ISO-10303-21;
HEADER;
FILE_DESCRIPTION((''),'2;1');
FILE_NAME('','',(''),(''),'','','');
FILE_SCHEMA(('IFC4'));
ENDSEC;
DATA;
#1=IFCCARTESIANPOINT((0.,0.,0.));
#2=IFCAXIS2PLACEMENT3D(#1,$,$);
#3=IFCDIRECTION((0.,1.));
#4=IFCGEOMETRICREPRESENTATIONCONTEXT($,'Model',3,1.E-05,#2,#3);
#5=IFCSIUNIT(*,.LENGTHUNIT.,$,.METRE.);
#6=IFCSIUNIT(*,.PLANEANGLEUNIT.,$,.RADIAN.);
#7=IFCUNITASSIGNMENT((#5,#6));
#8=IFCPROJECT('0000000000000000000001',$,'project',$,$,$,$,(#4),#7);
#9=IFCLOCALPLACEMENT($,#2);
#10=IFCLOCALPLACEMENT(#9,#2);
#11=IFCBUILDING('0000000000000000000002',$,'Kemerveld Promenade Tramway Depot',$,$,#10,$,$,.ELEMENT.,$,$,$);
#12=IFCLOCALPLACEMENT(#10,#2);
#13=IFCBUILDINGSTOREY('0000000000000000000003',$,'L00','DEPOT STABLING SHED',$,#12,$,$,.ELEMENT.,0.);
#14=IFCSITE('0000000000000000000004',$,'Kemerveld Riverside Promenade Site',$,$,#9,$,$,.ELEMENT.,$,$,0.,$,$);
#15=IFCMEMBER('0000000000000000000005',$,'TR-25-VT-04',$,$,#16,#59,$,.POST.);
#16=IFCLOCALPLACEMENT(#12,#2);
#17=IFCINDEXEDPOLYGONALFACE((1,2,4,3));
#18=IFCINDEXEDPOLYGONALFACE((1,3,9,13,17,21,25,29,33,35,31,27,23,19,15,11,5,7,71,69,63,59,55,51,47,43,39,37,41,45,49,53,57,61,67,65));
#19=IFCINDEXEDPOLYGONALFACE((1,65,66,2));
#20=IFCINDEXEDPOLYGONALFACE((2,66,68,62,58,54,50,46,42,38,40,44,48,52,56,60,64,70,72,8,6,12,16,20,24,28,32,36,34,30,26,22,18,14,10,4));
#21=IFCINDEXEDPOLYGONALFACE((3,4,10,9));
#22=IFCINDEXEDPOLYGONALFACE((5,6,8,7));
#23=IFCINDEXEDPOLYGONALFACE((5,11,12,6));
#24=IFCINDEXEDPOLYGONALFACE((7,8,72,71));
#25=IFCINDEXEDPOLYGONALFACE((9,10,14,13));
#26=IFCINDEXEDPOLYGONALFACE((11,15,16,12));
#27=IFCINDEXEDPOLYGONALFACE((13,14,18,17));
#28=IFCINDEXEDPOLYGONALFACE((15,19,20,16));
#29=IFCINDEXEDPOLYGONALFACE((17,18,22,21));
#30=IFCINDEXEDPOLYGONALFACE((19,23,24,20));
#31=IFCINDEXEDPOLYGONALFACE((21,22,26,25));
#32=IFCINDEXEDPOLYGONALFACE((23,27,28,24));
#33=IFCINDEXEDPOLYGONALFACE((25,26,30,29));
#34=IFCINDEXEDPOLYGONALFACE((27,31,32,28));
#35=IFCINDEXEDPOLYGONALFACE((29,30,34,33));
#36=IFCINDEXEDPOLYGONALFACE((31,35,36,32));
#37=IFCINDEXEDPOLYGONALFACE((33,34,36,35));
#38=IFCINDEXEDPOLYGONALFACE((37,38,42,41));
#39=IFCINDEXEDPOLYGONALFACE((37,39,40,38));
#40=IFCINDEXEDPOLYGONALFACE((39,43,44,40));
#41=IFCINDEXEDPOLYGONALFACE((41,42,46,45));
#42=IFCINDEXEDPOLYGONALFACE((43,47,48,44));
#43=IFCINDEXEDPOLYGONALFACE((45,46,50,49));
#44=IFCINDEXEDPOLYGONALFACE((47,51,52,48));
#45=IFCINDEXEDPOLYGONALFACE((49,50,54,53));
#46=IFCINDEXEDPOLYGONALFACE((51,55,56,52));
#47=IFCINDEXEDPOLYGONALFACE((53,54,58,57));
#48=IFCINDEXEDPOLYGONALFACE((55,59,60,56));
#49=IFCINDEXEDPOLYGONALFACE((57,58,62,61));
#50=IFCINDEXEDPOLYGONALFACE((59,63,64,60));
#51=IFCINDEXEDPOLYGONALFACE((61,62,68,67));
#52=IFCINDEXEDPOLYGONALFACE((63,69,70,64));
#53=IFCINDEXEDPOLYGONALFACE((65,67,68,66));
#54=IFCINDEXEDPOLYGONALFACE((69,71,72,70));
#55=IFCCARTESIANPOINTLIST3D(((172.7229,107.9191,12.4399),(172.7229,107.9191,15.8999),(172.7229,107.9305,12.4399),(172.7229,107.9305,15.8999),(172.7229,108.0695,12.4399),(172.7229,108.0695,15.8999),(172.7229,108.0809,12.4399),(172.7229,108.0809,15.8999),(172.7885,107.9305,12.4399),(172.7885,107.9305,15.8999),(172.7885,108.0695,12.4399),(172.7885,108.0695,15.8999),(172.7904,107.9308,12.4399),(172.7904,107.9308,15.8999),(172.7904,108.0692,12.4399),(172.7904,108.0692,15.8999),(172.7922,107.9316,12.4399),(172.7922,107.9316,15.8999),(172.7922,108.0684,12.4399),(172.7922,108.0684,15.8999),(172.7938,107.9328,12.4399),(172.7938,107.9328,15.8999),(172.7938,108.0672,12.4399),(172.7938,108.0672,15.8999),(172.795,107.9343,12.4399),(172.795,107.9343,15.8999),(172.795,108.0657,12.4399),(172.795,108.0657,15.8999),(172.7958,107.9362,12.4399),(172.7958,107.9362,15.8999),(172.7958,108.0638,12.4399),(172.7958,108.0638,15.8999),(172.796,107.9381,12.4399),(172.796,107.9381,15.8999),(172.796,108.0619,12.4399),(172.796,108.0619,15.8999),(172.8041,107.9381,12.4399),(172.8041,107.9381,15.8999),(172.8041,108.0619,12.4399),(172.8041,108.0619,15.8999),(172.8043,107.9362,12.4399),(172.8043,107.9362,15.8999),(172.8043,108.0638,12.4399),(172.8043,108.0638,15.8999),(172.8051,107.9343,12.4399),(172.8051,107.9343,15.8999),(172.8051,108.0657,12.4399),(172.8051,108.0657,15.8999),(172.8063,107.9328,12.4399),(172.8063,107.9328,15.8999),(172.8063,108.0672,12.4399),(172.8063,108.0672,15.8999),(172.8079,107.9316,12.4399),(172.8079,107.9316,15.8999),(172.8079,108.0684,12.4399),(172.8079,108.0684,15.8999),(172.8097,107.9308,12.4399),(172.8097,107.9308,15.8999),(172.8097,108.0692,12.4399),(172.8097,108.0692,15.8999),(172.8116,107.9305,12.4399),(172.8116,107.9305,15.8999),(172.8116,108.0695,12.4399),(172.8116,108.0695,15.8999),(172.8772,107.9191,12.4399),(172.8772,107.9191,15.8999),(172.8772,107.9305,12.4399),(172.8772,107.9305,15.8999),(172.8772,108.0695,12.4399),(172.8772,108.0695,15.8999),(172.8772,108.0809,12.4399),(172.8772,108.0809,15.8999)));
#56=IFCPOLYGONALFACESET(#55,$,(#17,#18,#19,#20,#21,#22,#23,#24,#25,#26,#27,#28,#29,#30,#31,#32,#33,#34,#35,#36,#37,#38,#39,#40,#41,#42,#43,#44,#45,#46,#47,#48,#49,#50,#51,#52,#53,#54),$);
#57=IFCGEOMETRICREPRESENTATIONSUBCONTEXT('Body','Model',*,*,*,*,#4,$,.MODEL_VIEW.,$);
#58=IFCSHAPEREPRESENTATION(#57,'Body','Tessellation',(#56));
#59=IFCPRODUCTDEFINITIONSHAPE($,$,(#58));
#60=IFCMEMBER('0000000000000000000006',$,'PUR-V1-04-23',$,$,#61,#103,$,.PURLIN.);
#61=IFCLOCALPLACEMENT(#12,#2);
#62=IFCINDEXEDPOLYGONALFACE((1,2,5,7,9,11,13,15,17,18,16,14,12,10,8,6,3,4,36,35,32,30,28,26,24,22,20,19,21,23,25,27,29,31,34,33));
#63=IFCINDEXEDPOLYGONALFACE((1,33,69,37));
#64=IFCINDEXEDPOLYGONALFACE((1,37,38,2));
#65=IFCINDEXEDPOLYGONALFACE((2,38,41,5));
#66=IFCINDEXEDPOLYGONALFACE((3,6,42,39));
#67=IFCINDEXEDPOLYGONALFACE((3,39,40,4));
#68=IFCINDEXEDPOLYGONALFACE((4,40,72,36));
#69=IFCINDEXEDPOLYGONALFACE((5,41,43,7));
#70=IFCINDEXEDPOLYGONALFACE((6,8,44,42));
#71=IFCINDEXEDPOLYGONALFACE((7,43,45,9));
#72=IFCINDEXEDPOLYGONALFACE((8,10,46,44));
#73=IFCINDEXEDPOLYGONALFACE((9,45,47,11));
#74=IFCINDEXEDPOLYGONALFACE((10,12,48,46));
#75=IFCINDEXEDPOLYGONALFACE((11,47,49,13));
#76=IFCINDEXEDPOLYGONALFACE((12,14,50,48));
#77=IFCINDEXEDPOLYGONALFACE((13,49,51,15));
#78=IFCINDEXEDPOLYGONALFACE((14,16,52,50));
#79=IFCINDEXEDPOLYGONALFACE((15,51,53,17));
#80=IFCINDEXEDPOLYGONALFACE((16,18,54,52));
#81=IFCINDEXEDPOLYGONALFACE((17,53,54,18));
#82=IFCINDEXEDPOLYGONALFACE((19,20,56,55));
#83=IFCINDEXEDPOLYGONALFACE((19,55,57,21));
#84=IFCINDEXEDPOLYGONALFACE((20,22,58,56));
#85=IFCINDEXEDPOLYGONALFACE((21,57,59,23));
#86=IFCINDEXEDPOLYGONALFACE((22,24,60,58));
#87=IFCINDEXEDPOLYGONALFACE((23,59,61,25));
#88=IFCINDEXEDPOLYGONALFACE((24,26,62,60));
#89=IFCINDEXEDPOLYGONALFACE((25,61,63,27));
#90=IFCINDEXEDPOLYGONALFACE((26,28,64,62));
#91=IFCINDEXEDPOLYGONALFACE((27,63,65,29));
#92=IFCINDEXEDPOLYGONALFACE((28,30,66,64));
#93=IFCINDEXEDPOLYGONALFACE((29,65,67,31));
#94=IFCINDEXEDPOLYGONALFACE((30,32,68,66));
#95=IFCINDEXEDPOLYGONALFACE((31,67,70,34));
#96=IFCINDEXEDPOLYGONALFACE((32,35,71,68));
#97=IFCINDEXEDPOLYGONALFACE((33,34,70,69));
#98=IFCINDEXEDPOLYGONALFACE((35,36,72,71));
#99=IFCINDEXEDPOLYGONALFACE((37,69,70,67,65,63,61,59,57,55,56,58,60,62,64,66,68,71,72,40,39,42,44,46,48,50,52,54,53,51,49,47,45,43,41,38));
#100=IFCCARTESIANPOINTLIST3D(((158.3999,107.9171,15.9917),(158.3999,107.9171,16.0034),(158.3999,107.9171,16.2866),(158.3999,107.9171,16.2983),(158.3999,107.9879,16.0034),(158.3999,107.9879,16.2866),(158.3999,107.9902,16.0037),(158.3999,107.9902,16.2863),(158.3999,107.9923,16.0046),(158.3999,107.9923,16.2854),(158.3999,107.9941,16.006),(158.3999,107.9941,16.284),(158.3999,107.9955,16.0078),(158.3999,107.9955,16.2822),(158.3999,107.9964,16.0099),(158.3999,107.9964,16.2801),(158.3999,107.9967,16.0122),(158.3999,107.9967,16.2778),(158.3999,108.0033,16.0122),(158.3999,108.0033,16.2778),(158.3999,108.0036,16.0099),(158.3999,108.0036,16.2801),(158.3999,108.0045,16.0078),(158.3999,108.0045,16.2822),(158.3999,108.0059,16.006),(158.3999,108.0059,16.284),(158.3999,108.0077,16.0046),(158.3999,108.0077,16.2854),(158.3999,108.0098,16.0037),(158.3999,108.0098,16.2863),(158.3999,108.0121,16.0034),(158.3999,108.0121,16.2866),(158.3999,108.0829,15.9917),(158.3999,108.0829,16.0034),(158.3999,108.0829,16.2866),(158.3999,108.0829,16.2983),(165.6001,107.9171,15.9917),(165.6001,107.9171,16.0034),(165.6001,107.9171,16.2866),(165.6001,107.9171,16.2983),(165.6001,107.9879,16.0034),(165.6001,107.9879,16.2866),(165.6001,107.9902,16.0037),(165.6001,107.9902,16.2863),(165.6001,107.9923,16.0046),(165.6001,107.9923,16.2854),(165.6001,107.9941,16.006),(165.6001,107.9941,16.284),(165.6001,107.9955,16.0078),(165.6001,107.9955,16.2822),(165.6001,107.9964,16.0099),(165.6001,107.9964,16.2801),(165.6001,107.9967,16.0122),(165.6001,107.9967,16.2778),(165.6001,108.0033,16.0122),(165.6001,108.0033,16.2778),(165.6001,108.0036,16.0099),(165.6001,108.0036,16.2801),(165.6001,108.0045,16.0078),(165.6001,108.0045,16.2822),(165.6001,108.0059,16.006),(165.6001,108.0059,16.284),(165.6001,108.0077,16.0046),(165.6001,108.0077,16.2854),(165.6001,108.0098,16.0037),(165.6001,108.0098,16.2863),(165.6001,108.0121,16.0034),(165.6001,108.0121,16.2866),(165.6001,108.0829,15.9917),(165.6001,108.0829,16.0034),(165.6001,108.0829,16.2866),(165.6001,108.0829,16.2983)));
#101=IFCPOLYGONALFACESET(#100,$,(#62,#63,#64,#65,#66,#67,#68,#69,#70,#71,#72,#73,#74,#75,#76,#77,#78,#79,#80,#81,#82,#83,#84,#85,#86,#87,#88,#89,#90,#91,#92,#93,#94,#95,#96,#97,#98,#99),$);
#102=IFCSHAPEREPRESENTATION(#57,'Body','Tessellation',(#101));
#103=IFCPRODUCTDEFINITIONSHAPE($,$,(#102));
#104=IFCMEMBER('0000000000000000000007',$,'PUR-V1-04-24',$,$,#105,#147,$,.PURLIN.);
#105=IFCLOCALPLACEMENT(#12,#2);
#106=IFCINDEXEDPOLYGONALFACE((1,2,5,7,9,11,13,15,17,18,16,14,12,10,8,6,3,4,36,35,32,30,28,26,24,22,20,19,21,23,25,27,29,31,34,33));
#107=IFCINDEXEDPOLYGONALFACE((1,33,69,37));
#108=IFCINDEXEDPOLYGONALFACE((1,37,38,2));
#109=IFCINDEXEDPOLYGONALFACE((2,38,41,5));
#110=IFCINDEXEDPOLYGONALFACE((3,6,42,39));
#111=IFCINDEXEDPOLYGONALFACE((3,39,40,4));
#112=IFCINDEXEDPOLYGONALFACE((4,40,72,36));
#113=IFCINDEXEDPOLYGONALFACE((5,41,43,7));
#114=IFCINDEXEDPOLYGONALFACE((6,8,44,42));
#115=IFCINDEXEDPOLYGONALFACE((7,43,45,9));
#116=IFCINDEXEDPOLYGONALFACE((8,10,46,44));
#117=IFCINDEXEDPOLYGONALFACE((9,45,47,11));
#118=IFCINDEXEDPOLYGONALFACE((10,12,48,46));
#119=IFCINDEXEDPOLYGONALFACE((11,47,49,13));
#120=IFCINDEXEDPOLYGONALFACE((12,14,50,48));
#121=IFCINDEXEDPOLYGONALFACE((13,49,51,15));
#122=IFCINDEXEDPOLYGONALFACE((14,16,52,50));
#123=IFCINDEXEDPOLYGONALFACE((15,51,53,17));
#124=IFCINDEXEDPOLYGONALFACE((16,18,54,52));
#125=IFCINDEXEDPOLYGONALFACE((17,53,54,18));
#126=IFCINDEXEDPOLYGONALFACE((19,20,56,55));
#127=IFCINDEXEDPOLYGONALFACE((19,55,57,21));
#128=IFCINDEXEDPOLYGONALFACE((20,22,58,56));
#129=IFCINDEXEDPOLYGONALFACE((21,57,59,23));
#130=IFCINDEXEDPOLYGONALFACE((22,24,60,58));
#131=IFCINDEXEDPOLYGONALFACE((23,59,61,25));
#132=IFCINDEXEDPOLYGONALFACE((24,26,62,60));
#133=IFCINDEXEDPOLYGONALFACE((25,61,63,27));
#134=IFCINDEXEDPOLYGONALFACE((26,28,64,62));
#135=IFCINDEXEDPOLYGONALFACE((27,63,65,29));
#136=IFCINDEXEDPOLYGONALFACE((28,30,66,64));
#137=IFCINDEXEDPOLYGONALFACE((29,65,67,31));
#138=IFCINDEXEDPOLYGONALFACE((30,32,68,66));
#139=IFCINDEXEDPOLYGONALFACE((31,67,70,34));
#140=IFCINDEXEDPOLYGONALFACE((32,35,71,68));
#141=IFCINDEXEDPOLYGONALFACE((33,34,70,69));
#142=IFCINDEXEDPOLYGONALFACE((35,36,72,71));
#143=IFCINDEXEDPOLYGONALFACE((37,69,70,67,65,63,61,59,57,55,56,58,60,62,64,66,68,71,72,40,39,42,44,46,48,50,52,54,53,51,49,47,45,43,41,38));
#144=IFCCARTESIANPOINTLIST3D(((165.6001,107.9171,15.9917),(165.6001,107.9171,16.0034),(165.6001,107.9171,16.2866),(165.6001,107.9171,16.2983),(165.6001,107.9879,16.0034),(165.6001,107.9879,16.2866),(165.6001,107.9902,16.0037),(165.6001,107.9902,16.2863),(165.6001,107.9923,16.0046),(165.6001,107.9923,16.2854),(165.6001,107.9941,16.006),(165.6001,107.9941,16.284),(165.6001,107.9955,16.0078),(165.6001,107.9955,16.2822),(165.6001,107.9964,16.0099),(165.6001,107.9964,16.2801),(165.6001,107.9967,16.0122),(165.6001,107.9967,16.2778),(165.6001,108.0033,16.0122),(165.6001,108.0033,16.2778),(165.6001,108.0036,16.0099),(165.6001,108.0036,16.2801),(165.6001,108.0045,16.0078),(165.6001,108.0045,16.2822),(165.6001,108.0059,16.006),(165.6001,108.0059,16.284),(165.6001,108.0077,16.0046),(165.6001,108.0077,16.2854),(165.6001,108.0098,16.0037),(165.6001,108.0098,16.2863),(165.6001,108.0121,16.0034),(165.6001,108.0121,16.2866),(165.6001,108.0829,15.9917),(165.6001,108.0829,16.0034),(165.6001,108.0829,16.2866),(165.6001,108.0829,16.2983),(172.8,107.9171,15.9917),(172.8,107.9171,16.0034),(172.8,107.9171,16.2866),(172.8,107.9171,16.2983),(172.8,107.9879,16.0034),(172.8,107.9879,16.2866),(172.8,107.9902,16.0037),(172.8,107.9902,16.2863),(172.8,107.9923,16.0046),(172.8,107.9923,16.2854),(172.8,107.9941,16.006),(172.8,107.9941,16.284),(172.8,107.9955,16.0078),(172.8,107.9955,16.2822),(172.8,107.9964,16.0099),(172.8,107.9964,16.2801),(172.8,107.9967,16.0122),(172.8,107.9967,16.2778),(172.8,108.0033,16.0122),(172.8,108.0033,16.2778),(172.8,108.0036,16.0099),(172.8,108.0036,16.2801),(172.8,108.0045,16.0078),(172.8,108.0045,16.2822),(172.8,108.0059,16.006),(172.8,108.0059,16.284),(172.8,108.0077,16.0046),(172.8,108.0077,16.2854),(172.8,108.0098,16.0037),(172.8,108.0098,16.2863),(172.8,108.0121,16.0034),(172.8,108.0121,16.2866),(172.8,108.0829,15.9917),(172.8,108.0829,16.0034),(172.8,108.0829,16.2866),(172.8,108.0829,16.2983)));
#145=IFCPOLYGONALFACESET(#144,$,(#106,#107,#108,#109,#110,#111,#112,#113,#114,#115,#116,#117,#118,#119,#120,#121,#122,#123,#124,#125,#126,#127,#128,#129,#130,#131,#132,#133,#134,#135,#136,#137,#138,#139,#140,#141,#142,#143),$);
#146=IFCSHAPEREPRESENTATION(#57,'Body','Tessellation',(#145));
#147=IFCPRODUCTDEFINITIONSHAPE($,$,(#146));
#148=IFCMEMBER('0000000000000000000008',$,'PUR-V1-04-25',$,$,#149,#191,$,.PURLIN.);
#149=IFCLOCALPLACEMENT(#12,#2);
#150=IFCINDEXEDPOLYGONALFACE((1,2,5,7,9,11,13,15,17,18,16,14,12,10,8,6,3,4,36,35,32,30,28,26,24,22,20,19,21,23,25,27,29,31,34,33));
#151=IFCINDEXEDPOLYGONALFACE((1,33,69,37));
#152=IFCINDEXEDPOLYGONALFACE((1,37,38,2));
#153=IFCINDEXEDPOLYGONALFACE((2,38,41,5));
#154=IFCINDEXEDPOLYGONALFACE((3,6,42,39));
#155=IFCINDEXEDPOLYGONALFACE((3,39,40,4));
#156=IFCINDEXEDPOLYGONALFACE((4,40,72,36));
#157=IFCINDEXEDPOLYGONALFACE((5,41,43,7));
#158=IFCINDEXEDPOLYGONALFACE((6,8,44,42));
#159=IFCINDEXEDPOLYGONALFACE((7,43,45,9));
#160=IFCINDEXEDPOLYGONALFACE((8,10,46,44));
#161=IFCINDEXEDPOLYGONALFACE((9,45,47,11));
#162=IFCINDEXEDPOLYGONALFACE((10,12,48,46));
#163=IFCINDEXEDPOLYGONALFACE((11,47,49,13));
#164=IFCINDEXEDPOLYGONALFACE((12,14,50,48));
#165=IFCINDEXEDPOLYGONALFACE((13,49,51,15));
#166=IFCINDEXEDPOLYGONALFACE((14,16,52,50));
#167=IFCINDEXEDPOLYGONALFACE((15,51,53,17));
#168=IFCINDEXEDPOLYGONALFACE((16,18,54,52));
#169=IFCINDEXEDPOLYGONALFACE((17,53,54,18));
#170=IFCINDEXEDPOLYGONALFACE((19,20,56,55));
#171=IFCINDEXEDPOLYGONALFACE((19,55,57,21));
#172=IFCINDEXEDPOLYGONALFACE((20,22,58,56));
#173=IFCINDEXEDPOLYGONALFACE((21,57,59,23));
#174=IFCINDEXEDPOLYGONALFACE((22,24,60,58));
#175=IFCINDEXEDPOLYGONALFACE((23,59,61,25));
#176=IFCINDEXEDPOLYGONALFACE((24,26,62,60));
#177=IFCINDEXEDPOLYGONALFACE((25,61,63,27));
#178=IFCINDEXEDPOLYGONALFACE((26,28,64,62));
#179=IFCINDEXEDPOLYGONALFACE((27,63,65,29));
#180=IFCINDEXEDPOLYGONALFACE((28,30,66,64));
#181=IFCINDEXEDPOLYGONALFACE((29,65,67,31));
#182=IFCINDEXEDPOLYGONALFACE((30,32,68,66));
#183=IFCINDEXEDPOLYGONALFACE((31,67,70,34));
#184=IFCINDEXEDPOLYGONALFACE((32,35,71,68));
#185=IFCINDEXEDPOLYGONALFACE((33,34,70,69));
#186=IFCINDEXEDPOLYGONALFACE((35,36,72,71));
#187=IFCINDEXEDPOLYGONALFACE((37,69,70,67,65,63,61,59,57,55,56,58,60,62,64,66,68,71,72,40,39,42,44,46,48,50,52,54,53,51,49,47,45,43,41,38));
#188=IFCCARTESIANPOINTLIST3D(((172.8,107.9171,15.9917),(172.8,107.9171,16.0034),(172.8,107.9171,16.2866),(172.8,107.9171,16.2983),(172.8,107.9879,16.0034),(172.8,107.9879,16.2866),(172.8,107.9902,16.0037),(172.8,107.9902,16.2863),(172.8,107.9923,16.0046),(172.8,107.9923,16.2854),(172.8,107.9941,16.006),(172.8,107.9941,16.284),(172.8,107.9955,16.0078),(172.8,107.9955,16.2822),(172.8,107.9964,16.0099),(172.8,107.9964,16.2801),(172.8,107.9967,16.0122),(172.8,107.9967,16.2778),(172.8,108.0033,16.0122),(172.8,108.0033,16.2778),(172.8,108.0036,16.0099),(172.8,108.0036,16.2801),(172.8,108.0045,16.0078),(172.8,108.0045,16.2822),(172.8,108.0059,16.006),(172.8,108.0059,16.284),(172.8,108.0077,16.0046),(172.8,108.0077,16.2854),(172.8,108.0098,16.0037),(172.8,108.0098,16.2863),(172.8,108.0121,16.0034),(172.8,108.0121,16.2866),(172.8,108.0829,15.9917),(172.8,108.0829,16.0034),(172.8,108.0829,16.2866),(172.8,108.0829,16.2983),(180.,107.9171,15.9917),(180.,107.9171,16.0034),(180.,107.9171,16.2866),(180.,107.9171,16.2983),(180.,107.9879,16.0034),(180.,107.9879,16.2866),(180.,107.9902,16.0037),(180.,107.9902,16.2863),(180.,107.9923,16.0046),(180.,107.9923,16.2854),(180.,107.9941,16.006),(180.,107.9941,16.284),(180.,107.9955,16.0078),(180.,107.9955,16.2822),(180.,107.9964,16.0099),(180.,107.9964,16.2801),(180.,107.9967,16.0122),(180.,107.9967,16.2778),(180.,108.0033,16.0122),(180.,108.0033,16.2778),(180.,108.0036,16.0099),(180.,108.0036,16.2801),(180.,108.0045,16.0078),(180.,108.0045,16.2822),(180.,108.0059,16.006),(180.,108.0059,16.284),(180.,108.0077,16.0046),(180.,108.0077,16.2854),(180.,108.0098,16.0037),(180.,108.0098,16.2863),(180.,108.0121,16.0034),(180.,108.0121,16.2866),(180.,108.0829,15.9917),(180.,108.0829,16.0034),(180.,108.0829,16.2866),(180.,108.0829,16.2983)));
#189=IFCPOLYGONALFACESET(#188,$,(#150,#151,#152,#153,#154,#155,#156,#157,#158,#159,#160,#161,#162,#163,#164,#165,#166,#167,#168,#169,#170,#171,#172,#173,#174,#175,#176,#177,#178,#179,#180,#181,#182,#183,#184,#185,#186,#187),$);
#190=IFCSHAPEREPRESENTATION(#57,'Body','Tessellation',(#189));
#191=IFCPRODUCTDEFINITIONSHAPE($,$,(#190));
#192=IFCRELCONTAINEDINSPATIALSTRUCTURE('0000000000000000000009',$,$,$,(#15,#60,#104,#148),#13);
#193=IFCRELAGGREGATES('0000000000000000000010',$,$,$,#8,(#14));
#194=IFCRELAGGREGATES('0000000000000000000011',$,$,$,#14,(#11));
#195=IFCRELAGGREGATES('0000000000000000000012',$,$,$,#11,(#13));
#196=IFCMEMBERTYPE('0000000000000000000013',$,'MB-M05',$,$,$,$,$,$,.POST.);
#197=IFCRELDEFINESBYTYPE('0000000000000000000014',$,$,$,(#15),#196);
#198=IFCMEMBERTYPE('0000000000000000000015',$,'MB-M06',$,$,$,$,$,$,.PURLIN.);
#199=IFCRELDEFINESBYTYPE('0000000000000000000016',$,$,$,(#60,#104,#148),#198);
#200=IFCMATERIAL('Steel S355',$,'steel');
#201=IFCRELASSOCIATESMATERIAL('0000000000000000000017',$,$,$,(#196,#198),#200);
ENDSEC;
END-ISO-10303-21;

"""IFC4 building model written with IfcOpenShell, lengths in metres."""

from ifc_helpers import new_model, si_unit, direction, frame, origin, origin_2d, place, context, subcontext, project, spatial, i_section, extrude, material, material_profile, profile_set, type_object, element, save


model = new_model("IFC4")

# Units and contexts
model_context = context("Model", 3, precision=1e-05, world=origin(), true_north=direction((0.0, 1.0)))
body_context = subcontext(model_context, "Body", "Model", "MODEL_VIEW")
ifc_project = project(units=[si_unit("LENGTHUNIT", "METRE"), si_unit("PLANEANGLEUNIT", "RADIAN")], contexts=[model_context])

# Site, building, storey
site_placement = place(None, origin())
site = spatial("IfcSite", under=ifc_project, at=site_placement, Name="Kemerveld Riverside Promenade Site", CompositionType="ELEMENT", RefElevation=0.0)
building_placement = place(site_placement, origin())
building = spatial("IfcBuilding", under=site, at=building_placement, Name="Kemerveld Promenade Tramway Depot", CompositionType="ELEMENT")
storey_placement = place(building_placement, origin())
storey = spatial("IfcBuildingStorey", under=building, at=storey_placement, Name="L00", Description="DEPOT STABLING SHED", CompositionType="ELEMENT", Elevation=0.0)

# Members
ifc_material_1 = material(Name="Steel S355", Category="steel")
ifc_material_profile_1 = material_profile(ifc_material_1, i_section(OverallWidth=0.1543, OverallDepth=0.1619, WebThickness=0.0081, FlangeThickness=0.0115, FilletRadius=0.0076, at=origin_2d()), Name="152x152x37 UC")
ifc_profile_set_1 = profile_set([ifc_material_profile_1], Name="Steel S355")
member_type_1 = type_object("IfcMemberType", Name="MB-M05", PredefinedType="POST", material=ifc_profile_set_1)
member_1_placement = place(storey_placement, frame((172.8, 108.0, 12.4399), z_axis=(0.0, 0.0, 1.0), x_axis=(1.0, 0.0, 0.0)))
element("IfcMember", 1, at=member_1_placement, inside=storey, type_object=member_type_1, Name="TR-25-VT-04", PredefinedType="POST", context=body_context, shape_type="SweptSolid", body=[
    extrude(i_section(OverallWidth=0.1543, OverallDepth=0.1619, WebThickness=0.0081, FlangeThickness=0.0115, FilletRadius=0.0076, at=origin_2d()), origin(), (0.0, 0.0, 1.0), 3.46),
])
ifc_material_profile_2 = material_profile(ifc_material_1, i_section(OverallWidth=0.1658, OverallDepth=0.3066, WebThickness=0.0066, FlangeThickness=0.0117, FilletRadius=0.0088, at=origin_2d()), Name="305x165x46 UB")
ifc_profile_set_2 = profile_set([ifc_material_profile_2], Name="Steel S355")
member_type_2 = type_object("IfcMemberType", Name="MB-M06", PredefinedType="PURLIN", material=ifc_profile_set_2)
member_2_placement = place(storey_placement, frame((158.3999, 108.0, 16.145), z_axis=(1.0, 0.0, 0.0), x_axis=(0.0, 1.0, 0.0)))
element("IfcMember", 2, at=member_2_placement, inside=storey, type_object=member_type_2, Name="PUR-V1-04-23", PredefinedType="PURLIN", context=body_context, shape_type="SweptSolid", body=[
    extrude(i_section(OverallWidth=0.1658, OverallDepth=0.3066, WebThickness=0.0066, FlangeThickness=0.0117, FilletRadius=0.0088, at=origin_2d()), origin(), (0.0, 0.0, 1.0), 7.2002),
])
for number, where, z_axis, x_axis, name in (
    (3, (165.6001, 108.0, 16.145), (1.0, 0.0, 0.0), (0.0, 1.0, 0.0), "PUR-V1-04-24"),
    (4, (172.8, 108.0, 16.145), (1.0, 0.0, 0.0), (0.0, 1.0, 0.0), "PUR-V1-04-25"),
):
    element("IfcMember", number, at=place(storey_placement, frame(where, z_axis=z_axis, x_axis=x_axis)), inside=storey, type_object=member_type_2, Name=name, PredefinedType="PURLIN", context=body_context, shape_type="SweptSolid", body=[
        extrude(i_section(OverallWidth=0.1658, OverallDepth=0.3066, WebThickness=0.0066, FlangeThickness=0.0117, FilletRadius=0.0088, at=origin_2d()), origin(), (0.0, 0.0, 1.0), 7.2),
    ])

save(model, "model.ifc")
